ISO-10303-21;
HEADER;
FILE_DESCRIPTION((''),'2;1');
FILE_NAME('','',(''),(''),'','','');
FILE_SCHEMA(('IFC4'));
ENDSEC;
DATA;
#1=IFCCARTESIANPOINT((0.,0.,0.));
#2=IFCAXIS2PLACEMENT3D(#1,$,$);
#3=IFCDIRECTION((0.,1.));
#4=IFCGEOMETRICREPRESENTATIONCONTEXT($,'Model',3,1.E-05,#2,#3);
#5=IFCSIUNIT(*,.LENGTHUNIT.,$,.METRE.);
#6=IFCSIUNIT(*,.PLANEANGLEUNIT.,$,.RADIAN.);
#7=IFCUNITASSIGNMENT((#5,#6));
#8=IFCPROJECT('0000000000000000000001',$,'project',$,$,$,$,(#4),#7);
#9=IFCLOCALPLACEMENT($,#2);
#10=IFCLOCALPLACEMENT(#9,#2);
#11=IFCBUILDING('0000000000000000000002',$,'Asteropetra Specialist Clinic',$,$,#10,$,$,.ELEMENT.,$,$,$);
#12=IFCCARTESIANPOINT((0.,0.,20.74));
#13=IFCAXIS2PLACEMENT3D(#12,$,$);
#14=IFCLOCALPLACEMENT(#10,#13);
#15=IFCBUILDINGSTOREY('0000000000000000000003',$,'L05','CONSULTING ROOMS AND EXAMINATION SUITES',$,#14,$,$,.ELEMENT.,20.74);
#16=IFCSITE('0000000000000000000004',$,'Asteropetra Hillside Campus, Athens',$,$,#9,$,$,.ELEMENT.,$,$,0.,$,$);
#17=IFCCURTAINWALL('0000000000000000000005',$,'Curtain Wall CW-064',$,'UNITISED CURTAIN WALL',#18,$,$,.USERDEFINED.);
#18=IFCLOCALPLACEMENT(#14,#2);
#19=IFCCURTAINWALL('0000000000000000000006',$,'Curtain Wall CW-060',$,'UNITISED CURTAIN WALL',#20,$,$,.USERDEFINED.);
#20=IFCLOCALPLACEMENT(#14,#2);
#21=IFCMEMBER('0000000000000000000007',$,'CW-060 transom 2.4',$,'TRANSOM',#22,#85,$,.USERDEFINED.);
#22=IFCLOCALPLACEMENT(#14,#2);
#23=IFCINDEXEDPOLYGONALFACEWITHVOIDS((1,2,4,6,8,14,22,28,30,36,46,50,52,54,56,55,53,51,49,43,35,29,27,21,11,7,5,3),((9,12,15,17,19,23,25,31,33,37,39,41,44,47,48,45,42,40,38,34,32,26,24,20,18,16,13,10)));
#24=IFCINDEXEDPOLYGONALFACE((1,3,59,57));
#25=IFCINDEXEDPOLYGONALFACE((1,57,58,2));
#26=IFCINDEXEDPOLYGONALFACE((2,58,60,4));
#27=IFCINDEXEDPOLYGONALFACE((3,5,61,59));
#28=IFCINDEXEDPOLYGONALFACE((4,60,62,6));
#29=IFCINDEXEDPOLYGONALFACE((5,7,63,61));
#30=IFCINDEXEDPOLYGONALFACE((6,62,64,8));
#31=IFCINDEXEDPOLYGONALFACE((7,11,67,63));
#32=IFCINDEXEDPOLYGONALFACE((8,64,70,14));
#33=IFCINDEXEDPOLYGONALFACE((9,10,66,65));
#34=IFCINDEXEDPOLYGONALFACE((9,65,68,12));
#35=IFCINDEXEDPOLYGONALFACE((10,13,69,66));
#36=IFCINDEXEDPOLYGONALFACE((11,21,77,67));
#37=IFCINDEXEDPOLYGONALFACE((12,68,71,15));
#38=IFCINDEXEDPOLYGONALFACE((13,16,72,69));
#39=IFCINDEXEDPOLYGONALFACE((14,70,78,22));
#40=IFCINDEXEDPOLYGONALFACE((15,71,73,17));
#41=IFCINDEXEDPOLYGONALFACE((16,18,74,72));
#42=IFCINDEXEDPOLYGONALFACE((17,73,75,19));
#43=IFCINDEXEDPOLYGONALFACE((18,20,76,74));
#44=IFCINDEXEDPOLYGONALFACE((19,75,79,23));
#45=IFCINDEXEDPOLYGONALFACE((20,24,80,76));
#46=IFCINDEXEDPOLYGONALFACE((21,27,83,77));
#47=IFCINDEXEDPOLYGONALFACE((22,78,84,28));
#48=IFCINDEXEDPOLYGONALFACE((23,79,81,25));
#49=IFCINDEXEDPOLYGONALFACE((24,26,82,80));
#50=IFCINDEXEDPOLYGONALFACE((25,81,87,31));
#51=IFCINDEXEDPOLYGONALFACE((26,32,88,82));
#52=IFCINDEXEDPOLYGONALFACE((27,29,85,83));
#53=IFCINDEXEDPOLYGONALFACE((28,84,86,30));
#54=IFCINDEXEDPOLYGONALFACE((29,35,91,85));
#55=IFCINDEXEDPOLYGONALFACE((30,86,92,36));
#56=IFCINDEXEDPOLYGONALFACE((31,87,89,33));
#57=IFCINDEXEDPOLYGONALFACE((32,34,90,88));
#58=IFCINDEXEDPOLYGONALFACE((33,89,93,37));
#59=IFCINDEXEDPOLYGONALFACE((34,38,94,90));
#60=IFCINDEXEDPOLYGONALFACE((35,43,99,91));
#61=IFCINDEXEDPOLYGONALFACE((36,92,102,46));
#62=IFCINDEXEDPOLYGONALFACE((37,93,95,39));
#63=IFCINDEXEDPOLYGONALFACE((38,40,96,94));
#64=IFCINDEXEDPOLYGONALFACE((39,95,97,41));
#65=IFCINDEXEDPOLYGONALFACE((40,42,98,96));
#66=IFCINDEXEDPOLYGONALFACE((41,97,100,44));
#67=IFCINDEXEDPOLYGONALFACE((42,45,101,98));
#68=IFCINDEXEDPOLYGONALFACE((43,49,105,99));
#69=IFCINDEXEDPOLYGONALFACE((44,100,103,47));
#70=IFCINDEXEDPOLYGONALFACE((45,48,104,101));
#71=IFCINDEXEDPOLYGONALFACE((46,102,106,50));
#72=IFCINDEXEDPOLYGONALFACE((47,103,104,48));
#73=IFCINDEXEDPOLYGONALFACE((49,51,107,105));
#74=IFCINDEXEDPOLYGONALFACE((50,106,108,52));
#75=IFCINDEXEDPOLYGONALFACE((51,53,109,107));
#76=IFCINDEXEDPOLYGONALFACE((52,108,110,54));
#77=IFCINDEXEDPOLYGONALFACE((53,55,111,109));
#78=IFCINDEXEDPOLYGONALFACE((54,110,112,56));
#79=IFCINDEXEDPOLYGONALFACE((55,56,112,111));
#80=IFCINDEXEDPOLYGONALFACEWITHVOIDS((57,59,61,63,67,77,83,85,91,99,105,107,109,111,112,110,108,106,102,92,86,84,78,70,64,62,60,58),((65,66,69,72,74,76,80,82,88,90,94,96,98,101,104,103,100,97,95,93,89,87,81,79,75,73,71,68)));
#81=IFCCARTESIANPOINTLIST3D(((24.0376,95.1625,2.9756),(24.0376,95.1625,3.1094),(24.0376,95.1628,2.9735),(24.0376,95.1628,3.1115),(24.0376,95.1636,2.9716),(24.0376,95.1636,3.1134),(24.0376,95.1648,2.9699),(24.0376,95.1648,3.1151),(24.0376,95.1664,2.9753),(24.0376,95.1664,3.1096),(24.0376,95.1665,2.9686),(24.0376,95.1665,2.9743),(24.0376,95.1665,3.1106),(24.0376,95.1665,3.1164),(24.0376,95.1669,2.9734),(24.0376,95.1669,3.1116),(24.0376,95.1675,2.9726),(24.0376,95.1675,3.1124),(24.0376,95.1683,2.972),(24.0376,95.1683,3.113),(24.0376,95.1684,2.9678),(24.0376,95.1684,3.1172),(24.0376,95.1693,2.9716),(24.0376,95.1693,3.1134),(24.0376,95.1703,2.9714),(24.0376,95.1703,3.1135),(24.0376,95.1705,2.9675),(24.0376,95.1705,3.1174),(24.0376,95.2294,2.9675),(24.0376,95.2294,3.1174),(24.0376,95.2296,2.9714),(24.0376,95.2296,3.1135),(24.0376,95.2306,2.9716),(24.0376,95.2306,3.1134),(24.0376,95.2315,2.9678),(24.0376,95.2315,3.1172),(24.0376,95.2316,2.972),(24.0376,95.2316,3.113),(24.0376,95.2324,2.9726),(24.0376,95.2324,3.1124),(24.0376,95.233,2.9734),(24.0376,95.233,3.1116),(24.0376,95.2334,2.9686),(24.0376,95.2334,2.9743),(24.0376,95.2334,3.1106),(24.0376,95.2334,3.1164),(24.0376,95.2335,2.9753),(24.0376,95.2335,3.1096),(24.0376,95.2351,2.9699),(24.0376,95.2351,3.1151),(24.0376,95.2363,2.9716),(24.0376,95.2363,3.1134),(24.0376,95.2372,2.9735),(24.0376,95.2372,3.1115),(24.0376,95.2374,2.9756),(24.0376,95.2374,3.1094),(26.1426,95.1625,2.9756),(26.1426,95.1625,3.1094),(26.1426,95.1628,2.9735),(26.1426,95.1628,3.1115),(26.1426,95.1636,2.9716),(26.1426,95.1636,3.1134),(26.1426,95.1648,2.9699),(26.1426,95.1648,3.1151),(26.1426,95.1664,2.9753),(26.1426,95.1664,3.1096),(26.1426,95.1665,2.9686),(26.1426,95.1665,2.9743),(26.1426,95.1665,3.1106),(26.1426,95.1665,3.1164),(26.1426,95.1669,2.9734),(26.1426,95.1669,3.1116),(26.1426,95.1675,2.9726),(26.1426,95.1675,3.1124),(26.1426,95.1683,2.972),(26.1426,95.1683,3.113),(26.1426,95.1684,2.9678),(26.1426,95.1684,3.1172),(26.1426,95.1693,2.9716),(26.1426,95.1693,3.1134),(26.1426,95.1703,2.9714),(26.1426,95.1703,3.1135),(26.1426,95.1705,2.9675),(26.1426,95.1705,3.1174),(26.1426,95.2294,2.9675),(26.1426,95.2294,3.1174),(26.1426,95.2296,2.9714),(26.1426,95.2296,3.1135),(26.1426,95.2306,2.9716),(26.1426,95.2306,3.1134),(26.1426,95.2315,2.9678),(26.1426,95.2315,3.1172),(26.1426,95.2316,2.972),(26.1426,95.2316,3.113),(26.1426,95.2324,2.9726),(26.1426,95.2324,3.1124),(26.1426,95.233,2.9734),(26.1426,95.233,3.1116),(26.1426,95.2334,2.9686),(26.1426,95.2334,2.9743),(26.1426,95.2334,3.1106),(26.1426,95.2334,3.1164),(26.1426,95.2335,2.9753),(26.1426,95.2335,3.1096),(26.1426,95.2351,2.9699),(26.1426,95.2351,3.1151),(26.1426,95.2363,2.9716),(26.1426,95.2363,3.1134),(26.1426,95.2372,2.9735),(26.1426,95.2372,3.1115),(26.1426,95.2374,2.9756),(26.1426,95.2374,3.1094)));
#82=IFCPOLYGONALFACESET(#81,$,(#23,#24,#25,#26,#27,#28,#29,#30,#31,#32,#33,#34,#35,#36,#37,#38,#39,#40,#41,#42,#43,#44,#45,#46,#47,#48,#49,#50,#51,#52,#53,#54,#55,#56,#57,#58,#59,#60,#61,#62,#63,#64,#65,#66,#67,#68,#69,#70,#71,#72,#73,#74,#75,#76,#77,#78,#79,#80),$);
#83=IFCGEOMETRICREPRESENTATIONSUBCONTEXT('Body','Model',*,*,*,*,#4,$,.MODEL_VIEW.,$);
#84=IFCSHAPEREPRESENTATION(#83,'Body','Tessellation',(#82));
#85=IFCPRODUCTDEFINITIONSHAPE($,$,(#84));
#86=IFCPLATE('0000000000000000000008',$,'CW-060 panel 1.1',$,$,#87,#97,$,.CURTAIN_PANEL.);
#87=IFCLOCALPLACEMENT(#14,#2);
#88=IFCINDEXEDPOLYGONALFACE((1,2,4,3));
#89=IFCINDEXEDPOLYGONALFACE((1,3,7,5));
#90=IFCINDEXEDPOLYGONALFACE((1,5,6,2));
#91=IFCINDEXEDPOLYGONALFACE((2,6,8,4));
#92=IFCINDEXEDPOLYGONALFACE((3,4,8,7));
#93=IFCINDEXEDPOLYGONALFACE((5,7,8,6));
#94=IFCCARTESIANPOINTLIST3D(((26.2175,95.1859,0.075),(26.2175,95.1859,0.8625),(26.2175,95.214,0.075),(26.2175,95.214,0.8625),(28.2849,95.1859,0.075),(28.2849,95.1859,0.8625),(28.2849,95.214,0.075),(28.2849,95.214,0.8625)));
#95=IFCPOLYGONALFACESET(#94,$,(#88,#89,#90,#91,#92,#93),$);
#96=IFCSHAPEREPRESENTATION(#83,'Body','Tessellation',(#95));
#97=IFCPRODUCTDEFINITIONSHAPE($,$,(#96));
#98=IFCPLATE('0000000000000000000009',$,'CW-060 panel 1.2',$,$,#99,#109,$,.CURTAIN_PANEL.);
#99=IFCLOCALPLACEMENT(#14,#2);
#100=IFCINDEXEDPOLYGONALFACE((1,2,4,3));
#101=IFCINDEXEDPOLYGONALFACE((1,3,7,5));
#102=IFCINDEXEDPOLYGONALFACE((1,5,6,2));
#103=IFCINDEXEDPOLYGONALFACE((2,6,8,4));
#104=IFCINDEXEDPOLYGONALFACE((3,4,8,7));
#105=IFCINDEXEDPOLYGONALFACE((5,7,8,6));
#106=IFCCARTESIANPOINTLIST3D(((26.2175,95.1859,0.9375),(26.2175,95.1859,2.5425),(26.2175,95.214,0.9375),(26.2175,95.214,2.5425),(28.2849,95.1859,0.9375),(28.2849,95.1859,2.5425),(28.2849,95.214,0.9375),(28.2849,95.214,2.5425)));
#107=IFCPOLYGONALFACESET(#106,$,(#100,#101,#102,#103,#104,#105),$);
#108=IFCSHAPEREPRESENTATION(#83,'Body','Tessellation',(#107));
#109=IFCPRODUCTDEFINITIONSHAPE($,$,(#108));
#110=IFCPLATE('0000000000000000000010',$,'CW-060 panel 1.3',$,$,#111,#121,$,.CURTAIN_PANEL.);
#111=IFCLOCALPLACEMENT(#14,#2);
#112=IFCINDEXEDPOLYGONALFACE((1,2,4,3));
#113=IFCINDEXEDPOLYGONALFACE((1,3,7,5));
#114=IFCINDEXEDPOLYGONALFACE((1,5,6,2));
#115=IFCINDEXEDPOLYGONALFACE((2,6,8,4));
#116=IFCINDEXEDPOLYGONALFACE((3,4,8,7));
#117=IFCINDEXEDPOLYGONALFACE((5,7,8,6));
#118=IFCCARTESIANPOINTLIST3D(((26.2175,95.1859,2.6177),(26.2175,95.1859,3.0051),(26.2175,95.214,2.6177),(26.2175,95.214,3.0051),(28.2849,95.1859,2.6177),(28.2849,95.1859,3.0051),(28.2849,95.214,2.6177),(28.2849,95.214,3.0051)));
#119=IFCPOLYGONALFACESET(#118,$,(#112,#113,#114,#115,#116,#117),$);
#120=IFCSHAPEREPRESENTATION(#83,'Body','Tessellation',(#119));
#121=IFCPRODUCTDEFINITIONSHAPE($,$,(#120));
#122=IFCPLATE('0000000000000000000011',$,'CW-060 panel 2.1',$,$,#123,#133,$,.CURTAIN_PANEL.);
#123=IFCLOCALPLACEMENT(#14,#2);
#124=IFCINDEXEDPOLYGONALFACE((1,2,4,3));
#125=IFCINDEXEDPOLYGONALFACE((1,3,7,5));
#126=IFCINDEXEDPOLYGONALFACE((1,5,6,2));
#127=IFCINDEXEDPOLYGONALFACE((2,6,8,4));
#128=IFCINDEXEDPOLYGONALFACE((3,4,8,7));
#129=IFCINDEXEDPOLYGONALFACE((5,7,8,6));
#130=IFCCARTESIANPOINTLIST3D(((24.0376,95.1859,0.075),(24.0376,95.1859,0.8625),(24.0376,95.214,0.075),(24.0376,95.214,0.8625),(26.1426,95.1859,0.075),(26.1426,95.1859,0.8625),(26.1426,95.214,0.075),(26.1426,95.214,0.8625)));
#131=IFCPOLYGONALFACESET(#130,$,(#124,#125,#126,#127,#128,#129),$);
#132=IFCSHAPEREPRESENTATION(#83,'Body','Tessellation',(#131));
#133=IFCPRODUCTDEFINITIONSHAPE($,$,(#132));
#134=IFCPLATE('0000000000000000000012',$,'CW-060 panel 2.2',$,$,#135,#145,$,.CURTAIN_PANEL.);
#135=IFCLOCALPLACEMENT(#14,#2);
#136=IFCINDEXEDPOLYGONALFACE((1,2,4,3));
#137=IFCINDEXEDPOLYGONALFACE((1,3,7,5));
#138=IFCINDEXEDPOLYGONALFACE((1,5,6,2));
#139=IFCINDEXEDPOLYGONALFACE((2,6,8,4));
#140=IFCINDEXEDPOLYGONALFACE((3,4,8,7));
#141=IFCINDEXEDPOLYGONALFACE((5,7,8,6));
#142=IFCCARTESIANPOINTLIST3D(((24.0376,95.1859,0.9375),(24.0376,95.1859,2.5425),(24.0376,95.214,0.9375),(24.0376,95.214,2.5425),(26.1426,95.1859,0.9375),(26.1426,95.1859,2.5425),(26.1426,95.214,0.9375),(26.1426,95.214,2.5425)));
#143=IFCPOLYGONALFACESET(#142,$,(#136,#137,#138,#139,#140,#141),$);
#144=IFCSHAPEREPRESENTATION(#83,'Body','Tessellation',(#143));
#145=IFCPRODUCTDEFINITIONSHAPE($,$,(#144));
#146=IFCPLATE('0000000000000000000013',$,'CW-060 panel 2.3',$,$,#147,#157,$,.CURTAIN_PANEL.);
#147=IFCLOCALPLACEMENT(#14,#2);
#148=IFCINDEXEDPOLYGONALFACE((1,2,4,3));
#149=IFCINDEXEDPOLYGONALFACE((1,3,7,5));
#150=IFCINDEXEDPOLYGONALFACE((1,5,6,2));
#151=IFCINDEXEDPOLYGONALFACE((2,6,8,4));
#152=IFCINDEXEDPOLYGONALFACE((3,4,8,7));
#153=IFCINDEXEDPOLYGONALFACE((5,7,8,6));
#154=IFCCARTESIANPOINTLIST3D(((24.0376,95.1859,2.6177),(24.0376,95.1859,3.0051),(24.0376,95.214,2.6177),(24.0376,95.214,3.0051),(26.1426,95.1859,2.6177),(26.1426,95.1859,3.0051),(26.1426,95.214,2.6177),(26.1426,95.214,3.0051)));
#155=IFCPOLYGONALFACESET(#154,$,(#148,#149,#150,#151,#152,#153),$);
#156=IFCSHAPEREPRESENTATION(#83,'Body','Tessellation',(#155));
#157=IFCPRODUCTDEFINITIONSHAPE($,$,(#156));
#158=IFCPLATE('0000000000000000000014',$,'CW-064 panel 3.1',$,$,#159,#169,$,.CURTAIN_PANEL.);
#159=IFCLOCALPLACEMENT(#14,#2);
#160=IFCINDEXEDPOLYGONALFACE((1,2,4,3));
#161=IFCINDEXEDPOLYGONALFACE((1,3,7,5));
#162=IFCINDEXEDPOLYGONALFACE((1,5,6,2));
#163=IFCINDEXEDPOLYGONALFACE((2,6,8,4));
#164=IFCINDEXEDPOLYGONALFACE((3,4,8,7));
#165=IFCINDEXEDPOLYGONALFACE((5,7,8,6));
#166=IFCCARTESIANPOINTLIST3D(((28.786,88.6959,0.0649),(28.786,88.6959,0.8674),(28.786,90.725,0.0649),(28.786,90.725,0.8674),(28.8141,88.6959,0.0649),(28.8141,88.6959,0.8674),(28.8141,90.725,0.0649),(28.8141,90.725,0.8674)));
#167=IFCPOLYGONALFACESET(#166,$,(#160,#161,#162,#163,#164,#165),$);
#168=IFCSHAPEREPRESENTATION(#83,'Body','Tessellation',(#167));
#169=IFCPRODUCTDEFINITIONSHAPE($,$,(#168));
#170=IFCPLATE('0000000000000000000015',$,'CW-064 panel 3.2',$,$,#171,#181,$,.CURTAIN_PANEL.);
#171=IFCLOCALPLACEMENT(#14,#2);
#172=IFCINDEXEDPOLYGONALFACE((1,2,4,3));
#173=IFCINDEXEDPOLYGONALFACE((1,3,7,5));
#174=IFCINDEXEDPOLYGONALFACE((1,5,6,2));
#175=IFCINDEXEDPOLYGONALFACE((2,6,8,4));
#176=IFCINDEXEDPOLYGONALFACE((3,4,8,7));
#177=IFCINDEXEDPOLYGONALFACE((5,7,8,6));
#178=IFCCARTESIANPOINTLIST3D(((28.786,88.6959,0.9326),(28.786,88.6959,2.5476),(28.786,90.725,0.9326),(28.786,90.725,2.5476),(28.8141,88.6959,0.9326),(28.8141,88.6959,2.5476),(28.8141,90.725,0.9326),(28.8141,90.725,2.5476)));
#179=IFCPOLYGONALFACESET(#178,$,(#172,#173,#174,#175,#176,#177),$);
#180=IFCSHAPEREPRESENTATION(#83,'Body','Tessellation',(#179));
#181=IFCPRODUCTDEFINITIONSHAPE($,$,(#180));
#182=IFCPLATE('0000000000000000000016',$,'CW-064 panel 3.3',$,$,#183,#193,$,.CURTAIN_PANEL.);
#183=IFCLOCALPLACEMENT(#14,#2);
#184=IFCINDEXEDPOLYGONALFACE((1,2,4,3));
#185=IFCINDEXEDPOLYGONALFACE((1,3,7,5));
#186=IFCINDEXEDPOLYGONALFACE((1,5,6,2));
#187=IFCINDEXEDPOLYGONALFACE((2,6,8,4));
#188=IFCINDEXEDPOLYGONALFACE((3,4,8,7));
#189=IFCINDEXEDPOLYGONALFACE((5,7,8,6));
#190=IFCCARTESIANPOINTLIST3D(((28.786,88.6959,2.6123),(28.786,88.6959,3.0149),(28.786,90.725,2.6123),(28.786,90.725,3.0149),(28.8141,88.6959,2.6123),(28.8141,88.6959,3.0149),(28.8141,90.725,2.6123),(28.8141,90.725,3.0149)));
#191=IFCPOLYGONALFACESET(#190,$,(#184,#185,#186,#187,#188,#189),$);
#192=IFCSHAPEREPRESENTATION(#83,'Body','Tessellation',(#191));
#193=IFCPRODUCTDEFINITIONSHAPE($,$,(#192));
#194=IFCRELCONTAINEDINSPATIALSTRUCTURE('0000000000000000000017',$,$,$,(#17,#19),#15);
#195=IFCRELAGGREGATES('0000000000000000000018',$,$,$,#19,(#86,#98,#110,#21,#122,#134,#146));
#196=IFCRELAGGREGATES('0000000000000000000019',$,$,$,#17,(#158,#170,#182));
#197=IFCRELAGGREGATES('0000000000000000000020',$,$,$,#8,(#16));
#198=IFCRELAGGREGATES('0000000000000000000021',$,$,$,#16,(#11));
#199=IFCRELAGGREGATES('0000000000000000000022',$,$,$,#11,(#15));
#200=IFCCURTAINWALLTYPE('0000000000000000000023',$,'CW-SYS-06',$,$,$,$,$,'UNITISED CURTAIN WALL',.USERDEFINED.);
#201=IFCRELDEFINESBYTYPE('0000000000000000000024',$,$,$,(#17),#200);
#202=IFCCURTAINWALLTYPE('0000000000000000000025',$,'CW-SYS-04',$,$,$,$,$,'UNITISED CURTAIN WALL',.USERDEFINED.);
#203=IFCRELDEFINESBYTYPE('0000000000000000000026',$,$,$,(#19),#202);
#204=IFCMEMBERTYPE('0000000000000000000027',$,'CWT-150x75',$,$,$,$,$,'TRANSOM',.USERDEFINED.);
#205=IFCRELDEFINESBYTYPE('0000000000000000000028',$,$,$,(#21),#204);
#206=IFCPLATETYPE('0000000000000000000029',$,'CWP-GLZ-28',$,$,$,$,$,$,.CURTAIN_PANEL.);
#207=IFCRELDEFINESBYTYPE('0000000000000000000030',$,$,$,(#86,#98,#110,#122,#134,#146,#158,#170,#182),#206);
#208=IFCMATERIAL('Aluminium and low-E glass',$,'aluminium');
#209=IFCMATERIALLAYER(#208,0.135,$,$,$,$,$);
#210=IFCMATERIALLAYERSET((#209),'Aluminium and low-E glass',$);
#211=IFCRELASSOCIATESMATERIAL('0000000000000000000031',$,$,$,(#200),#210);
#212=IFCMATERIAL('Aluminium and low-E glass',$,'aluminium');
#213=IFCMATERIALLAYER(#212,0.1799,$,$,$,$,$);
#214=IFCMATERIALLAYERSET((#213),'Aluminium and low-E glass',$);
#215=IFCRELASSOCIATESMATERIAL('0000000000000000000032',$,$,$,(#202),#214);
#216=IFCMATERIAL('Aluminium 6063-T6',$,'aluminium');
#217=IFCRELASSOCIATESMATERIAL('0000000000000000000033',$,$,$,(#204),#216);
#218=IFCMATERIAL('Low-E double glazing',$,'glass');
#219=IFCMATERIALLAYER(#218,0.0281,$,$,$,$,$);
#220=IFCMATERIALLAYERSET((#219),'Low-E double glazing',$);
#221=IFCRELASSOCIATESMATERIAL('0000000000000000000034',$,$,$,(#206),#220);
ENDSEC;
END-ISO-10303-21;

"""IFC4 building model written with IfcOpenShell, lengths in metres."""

from ifc_helpers import new_model, si_unit, direction, frame, origin, origin_2d, place, context, subcontext, project, spatial, rectangle, hollow_rectangle, extrude, material, layer, layer_set, material_profile, profile_set, type_object, element, aggregate, save


model = new_model("IFC4")

# Units and contexts
model_context = context("Model", 3, precision=1e-05, world=origin(), true_north=direction((0.0, 1.0)))
body_context = subcontext(model_context, "Body", "Model", "MODEL_VIEW")
ifc_project = project(units=[si_unit("LENGTHUNIT", "METRE"), si_unit("PLANEANGLEUNIT", "RADIAN")], contexts=[model_context])

# Site, building, storey
site_placement = place(None, origin())
site = spatial("IfcSite", under=ifc_project, at=site_placement, Name="Asteropetra Hillside Campus, Athens", CompositionType="ELEMENT", RefElevation=0.0)
building_placement = place(site_placement, origin())
building = spatial("IfcBuilding", under=site, at=building_placement, Name="Asteropetra Specialist Clinic", CompositionType="ELEMENT")
storey_placement = place(building_placement, frame((0.0, 0.0, 20.74)))
storey = spatial("IfcBuildingStorey", under=building, at=storey_placement, Name="L05", Description="CONSULTING ROOMS AND EXAMINATION SUITES", CompositionType="ELEMENT", Elevation=20.74)

# Curtain wall
ifc_material_1 = material(Name="Aluminium and low-E glass", Category="aluminium")
ifc_layer_1 = layer(ifc_material_1, 0.135)
ifc_layer_set_1 = layer_set([ifc_layer_1], Name="Aluminium and low-E glass")
curtain_wall_type_1 = type_object("IfcCurtainWallType", Name="CW-SYS-06", ElementType="UNITISED CURTAIN WALL", PredefinedType="USERDEFINED", material=ifc_layer_set_1)
curtain_wall_1_placement = place(storey_placement, origin())
curtain_wall_1 = element("IfcCurtainWall", 1, at=curtain_wall_1_placement, inside=storey, type_object=curtain_wall_type_1, Name="Curtain Wall CW-064", ObjectType="UNITISED CURTAIN WALL", PredefinedType="USERDEFINED")

# Curtain wall, member, plates
ifc_material_2 = material(Name="Aluminium and low-E glass", Category="aluminium")
ifc_layer_2 = layer(ifc_material_2, 0.1799)
ifc_layer_set_2 = layer_set([ifc_layer_2], Name="Aluminium and low-E glass")
curtain_wall_type_2 = type_object("IfcCurtainWallType", Name="CW-SYS-04", ElementType="UNITISED CURTAIN WALL", PredefinedType="USERDEFINED", material=ifc_layer_set_2)
curtain_wall_2_placement = place(storey_placement, origin())
curtain_wall_2 = element("IfcCurtainWall", 2, at=curtain_wall_2_placement, inside=storey, type_object=curtain_wall_type_2, Name="Curtain Wall CW-060", ObjectType="UNITISED CURTAIN WALL", PredefinedType="USERDEFINED")
ifc_material_3 = material(Name="Aluminium 6063-T6", Category="aluminium")
ifc_material_profile_1 = material_profile(ifc_material_3, hollow_rectangle(XDim=0.075, YDim=0.1499, WallThickness=0.0039, InnerFilletRadius=0.0039, OuterFilletRadius=0.0081, at=origin_2d()), Name="TRN 150x75x4.0")
ifc_profile_set_1 = profile_set([ifc_material_profile_1], Name="Aluminium 6063-T6")
member_type_1 = type_object("IfcMemberType", Name="CWT-150x75", ElementType="TRANSOM", PredefinedType="USERDEFINED", material=ifc_profile_set_1)
member_1_placement = place(storey_placement, frame((26.1426, 95.2, 3.0425), z_axis=(-1.0, 0.0, 0.0), x_axis=(0.0, -1.0, 0.0)))
member_1 = element("IfcMember", 3, at=member_1_placement, type_object=member_type_1, Name="CW-060 transom 2.4", ObjectType="TRANSOM", PredefinedType="USERDEFINED", context=body_context, shape_type="SweptSolid", body=[
    extrude(hollow_rectangle(XDim=0.075, YDim=0.1499, WallThickness=0.0039, InnerFilletRadius=0.0039, OuterFilletRadius=0.0081, at=origin_2d()), origin(), (0.0, 0.0, 1.0), 2.105),
])
ifc_material_4 = material(Name="Low-E double glazing", Category="glass")
ifc_layer_3 = layer(ifc_material_4, 0.0281)
ifc_layer_set_3 = layer_set([ifc_layer_3], Name="Low-E double glazing")
plate_type = type_object("IfcPlateType", Name="CWP-GLZ-28", PredefinedType="CURTAIN_PANEL", material=ifc_layer_set_3)
plate_1_placement = place(storey_placement, frame((27.2512, 95.2, 0.075), z_axis=(0.0, 0.0, 1.0), x_axis=(-1.0, 0.0, 0.0)))
plate_1 = element("IfcPlate", 4, at=plate_1_placement, type_object=plate_type, Name="CW-060 panel 1.1", PredefinedType="CURTAIN_PANEL", context=body_context, shape_type="SweptSolid", body=[
    extrude(rectangle(XDim=2.0674, YDim=0.0281, at=origin_2d()), origin(), (0.0, 0.0, 1.0), 0.7876),
])
plate_2_placement = place(storey_placement, frame((27.2512, 95.2, 0.9375), z_axis=(0.0, 0.0, 1.0), x_axis=(-1.0, 0.0, 0.0)))
plate_2 = element("IfcPlate", 5, at=plate_2_placement, type_object=plate_type, Name="CW-060 panel 1.2", PredefinedType="CURTAIN_PANEL", context=body_context, shape_type="SweptSolid", body=[
    extrude(rectangle(XDim=2.0674, YDim=0.0281, at=origin_2d()), origin(), (0.0, 0.0, 1.0), 1.605),
])
plate_3_placement = place(storey_placement, frame((27.2512, 95.2, 2.6177), z_axis=(0.0, 0.0, 1.0), x_axis=(-1.0, 0.0, 0.0)))
plate_3 = element("IfcPlate", 6, at=plate_3_placement, type_object=plate_type, Name="CW-060 panel 1.3", PredefinedType="CURTAIN_PANEL", context=body_context, shape_type="SweptSolid", body=[
    extrude(rectangle(XDim=2.0674, YDim=0.0281, at=origin_2d()), origin(), (0.0, 0.0, 1.0), 0.3875),
])
plate_4_placement = place(storey_placement, frame((25.0901, 95.2, 0.075), z_axis=(0.0, 0.0, 1.0), x_axis=(-1.0, 0.0, 0.0)))
plate_4 = element("IfcPlate", 7, at=plate_4_placement, type_object=plate_type, Name="CW-060 panel 2.1", PredefinedType="CURTAIN_PANEL", context=body_context, shape_type="SweptSolid", body=[
    extrude(rectangle(XDim=2.105, YDim=0.0281, at=origin_2d()), origin(), (0.0, 0.0, 1.0), 0.7876),
])
plate_5_placement = place(storey_placement, frame((25.0901, 95.2, 0.9375), z_axis=(0.0, 0.0, 1.0), x_axis=(-1.0, 0.0, 0.0)))
plate_5 = element("IfcPlate", 8, at=plate_5_placement, type_object=plate_type, Name="CW-060 panel 2.2", PredefinedType="CURTAIN_PANEL", context=body_context, shape_type="SweptSolid", body=[
    extrude(rectangle(XDim=2.105, YDim=0.0281, at=origin_2d()), origin(), (0.0, 0.0, 1.0), 1.605),
])
plate_6_placement = place(storey_placement, frame((25.0901, 95.2, 2.6177), z_axis=(0.0, 0.0, 1.0), x_axis=(-1.0, 0.0, 0.0)))
plate_6 = element("IfcPlate", 9, at=plate_6_placement, type_object=plate_type, Name="CW-060 panel 2.3", PredefinedType="CURTAIN_PANEL", context=body_context, shape_type="SweptSolid", body=[
    extrude(rectangle(XDim=2.105, YDim=0.0281, at=origin_2d()), origin(), (0.0, 0.0, 1.0), 0.3875),
])
aggregate(curtain_wall_2, [plate_1, plate_2, plate_3, member_1, plate_4, plate_5, plate_6])

# Plates
plate_7_placement = place(storey_placement, frame((28.8, 89.7104, 0.0649), z_axis=(0.0, 0.0, 1.0), x_axis=(0.0, 1.0, 0.0)))
plate_7 = element("IfcPlate", 10, at=plate_7_placement, type_object=plate_type, Name="CW-064 panel 3.1", PredefinedType="CURTAIN_PANEL", context=body_context, shape_type="SweptSolid", body=[
    extrude(rectangle(XDim=2.0291, YDim=0.0281, at=origin_2d()), origin(), (0.0, 0.0, 1.0), 0.8025),
])
plate_8_placement = place(storey_placement, frame((28.8, 89.7104, 0.9326), z_axis=(0.0, 0.0, 1.0), x_axis=(0.0, 1.0, 0.0)))
plate_8 = element("IfcPlate", 11, at=plate_8_placement, type_object=plate_type, Name="CW-064 panel 3.2", PredefinedType="CURTAIN_PANEL", context=body_context, shape_type="SweptSolid", body=[
    extrude(rectangle(XDim=2.0291, YDim=0.0281, at=origin_2d()), origin(), (0.0, 0.0, 1.0), 1.615),
])
plate_9_placement = place(storey_placement, frame((28.8, 89.7104, 2.6123), z_axis=(0.0, 0.0, 1.0), x_axis=(0.0, 1.0, 0.0)))
plate_9 = element("IfcPlate", 12, at=plate_9_placement, type_object=plate_type, Name="CW-064 panel 3.3", PredefinedType="CURTAIN_PANEL", context=body_context, shape_type="SweptSolid", body=[
    extrude(rectangle(XDim=2.0291, YDim=0.0281, at=origin_2d()), origin(), (0.0, 0.0, 1.0), 0.4026),
])
aggregate(curtain_wall_1, [plate_7, plate_8, plate_9])

save(model, "model.ifc")
